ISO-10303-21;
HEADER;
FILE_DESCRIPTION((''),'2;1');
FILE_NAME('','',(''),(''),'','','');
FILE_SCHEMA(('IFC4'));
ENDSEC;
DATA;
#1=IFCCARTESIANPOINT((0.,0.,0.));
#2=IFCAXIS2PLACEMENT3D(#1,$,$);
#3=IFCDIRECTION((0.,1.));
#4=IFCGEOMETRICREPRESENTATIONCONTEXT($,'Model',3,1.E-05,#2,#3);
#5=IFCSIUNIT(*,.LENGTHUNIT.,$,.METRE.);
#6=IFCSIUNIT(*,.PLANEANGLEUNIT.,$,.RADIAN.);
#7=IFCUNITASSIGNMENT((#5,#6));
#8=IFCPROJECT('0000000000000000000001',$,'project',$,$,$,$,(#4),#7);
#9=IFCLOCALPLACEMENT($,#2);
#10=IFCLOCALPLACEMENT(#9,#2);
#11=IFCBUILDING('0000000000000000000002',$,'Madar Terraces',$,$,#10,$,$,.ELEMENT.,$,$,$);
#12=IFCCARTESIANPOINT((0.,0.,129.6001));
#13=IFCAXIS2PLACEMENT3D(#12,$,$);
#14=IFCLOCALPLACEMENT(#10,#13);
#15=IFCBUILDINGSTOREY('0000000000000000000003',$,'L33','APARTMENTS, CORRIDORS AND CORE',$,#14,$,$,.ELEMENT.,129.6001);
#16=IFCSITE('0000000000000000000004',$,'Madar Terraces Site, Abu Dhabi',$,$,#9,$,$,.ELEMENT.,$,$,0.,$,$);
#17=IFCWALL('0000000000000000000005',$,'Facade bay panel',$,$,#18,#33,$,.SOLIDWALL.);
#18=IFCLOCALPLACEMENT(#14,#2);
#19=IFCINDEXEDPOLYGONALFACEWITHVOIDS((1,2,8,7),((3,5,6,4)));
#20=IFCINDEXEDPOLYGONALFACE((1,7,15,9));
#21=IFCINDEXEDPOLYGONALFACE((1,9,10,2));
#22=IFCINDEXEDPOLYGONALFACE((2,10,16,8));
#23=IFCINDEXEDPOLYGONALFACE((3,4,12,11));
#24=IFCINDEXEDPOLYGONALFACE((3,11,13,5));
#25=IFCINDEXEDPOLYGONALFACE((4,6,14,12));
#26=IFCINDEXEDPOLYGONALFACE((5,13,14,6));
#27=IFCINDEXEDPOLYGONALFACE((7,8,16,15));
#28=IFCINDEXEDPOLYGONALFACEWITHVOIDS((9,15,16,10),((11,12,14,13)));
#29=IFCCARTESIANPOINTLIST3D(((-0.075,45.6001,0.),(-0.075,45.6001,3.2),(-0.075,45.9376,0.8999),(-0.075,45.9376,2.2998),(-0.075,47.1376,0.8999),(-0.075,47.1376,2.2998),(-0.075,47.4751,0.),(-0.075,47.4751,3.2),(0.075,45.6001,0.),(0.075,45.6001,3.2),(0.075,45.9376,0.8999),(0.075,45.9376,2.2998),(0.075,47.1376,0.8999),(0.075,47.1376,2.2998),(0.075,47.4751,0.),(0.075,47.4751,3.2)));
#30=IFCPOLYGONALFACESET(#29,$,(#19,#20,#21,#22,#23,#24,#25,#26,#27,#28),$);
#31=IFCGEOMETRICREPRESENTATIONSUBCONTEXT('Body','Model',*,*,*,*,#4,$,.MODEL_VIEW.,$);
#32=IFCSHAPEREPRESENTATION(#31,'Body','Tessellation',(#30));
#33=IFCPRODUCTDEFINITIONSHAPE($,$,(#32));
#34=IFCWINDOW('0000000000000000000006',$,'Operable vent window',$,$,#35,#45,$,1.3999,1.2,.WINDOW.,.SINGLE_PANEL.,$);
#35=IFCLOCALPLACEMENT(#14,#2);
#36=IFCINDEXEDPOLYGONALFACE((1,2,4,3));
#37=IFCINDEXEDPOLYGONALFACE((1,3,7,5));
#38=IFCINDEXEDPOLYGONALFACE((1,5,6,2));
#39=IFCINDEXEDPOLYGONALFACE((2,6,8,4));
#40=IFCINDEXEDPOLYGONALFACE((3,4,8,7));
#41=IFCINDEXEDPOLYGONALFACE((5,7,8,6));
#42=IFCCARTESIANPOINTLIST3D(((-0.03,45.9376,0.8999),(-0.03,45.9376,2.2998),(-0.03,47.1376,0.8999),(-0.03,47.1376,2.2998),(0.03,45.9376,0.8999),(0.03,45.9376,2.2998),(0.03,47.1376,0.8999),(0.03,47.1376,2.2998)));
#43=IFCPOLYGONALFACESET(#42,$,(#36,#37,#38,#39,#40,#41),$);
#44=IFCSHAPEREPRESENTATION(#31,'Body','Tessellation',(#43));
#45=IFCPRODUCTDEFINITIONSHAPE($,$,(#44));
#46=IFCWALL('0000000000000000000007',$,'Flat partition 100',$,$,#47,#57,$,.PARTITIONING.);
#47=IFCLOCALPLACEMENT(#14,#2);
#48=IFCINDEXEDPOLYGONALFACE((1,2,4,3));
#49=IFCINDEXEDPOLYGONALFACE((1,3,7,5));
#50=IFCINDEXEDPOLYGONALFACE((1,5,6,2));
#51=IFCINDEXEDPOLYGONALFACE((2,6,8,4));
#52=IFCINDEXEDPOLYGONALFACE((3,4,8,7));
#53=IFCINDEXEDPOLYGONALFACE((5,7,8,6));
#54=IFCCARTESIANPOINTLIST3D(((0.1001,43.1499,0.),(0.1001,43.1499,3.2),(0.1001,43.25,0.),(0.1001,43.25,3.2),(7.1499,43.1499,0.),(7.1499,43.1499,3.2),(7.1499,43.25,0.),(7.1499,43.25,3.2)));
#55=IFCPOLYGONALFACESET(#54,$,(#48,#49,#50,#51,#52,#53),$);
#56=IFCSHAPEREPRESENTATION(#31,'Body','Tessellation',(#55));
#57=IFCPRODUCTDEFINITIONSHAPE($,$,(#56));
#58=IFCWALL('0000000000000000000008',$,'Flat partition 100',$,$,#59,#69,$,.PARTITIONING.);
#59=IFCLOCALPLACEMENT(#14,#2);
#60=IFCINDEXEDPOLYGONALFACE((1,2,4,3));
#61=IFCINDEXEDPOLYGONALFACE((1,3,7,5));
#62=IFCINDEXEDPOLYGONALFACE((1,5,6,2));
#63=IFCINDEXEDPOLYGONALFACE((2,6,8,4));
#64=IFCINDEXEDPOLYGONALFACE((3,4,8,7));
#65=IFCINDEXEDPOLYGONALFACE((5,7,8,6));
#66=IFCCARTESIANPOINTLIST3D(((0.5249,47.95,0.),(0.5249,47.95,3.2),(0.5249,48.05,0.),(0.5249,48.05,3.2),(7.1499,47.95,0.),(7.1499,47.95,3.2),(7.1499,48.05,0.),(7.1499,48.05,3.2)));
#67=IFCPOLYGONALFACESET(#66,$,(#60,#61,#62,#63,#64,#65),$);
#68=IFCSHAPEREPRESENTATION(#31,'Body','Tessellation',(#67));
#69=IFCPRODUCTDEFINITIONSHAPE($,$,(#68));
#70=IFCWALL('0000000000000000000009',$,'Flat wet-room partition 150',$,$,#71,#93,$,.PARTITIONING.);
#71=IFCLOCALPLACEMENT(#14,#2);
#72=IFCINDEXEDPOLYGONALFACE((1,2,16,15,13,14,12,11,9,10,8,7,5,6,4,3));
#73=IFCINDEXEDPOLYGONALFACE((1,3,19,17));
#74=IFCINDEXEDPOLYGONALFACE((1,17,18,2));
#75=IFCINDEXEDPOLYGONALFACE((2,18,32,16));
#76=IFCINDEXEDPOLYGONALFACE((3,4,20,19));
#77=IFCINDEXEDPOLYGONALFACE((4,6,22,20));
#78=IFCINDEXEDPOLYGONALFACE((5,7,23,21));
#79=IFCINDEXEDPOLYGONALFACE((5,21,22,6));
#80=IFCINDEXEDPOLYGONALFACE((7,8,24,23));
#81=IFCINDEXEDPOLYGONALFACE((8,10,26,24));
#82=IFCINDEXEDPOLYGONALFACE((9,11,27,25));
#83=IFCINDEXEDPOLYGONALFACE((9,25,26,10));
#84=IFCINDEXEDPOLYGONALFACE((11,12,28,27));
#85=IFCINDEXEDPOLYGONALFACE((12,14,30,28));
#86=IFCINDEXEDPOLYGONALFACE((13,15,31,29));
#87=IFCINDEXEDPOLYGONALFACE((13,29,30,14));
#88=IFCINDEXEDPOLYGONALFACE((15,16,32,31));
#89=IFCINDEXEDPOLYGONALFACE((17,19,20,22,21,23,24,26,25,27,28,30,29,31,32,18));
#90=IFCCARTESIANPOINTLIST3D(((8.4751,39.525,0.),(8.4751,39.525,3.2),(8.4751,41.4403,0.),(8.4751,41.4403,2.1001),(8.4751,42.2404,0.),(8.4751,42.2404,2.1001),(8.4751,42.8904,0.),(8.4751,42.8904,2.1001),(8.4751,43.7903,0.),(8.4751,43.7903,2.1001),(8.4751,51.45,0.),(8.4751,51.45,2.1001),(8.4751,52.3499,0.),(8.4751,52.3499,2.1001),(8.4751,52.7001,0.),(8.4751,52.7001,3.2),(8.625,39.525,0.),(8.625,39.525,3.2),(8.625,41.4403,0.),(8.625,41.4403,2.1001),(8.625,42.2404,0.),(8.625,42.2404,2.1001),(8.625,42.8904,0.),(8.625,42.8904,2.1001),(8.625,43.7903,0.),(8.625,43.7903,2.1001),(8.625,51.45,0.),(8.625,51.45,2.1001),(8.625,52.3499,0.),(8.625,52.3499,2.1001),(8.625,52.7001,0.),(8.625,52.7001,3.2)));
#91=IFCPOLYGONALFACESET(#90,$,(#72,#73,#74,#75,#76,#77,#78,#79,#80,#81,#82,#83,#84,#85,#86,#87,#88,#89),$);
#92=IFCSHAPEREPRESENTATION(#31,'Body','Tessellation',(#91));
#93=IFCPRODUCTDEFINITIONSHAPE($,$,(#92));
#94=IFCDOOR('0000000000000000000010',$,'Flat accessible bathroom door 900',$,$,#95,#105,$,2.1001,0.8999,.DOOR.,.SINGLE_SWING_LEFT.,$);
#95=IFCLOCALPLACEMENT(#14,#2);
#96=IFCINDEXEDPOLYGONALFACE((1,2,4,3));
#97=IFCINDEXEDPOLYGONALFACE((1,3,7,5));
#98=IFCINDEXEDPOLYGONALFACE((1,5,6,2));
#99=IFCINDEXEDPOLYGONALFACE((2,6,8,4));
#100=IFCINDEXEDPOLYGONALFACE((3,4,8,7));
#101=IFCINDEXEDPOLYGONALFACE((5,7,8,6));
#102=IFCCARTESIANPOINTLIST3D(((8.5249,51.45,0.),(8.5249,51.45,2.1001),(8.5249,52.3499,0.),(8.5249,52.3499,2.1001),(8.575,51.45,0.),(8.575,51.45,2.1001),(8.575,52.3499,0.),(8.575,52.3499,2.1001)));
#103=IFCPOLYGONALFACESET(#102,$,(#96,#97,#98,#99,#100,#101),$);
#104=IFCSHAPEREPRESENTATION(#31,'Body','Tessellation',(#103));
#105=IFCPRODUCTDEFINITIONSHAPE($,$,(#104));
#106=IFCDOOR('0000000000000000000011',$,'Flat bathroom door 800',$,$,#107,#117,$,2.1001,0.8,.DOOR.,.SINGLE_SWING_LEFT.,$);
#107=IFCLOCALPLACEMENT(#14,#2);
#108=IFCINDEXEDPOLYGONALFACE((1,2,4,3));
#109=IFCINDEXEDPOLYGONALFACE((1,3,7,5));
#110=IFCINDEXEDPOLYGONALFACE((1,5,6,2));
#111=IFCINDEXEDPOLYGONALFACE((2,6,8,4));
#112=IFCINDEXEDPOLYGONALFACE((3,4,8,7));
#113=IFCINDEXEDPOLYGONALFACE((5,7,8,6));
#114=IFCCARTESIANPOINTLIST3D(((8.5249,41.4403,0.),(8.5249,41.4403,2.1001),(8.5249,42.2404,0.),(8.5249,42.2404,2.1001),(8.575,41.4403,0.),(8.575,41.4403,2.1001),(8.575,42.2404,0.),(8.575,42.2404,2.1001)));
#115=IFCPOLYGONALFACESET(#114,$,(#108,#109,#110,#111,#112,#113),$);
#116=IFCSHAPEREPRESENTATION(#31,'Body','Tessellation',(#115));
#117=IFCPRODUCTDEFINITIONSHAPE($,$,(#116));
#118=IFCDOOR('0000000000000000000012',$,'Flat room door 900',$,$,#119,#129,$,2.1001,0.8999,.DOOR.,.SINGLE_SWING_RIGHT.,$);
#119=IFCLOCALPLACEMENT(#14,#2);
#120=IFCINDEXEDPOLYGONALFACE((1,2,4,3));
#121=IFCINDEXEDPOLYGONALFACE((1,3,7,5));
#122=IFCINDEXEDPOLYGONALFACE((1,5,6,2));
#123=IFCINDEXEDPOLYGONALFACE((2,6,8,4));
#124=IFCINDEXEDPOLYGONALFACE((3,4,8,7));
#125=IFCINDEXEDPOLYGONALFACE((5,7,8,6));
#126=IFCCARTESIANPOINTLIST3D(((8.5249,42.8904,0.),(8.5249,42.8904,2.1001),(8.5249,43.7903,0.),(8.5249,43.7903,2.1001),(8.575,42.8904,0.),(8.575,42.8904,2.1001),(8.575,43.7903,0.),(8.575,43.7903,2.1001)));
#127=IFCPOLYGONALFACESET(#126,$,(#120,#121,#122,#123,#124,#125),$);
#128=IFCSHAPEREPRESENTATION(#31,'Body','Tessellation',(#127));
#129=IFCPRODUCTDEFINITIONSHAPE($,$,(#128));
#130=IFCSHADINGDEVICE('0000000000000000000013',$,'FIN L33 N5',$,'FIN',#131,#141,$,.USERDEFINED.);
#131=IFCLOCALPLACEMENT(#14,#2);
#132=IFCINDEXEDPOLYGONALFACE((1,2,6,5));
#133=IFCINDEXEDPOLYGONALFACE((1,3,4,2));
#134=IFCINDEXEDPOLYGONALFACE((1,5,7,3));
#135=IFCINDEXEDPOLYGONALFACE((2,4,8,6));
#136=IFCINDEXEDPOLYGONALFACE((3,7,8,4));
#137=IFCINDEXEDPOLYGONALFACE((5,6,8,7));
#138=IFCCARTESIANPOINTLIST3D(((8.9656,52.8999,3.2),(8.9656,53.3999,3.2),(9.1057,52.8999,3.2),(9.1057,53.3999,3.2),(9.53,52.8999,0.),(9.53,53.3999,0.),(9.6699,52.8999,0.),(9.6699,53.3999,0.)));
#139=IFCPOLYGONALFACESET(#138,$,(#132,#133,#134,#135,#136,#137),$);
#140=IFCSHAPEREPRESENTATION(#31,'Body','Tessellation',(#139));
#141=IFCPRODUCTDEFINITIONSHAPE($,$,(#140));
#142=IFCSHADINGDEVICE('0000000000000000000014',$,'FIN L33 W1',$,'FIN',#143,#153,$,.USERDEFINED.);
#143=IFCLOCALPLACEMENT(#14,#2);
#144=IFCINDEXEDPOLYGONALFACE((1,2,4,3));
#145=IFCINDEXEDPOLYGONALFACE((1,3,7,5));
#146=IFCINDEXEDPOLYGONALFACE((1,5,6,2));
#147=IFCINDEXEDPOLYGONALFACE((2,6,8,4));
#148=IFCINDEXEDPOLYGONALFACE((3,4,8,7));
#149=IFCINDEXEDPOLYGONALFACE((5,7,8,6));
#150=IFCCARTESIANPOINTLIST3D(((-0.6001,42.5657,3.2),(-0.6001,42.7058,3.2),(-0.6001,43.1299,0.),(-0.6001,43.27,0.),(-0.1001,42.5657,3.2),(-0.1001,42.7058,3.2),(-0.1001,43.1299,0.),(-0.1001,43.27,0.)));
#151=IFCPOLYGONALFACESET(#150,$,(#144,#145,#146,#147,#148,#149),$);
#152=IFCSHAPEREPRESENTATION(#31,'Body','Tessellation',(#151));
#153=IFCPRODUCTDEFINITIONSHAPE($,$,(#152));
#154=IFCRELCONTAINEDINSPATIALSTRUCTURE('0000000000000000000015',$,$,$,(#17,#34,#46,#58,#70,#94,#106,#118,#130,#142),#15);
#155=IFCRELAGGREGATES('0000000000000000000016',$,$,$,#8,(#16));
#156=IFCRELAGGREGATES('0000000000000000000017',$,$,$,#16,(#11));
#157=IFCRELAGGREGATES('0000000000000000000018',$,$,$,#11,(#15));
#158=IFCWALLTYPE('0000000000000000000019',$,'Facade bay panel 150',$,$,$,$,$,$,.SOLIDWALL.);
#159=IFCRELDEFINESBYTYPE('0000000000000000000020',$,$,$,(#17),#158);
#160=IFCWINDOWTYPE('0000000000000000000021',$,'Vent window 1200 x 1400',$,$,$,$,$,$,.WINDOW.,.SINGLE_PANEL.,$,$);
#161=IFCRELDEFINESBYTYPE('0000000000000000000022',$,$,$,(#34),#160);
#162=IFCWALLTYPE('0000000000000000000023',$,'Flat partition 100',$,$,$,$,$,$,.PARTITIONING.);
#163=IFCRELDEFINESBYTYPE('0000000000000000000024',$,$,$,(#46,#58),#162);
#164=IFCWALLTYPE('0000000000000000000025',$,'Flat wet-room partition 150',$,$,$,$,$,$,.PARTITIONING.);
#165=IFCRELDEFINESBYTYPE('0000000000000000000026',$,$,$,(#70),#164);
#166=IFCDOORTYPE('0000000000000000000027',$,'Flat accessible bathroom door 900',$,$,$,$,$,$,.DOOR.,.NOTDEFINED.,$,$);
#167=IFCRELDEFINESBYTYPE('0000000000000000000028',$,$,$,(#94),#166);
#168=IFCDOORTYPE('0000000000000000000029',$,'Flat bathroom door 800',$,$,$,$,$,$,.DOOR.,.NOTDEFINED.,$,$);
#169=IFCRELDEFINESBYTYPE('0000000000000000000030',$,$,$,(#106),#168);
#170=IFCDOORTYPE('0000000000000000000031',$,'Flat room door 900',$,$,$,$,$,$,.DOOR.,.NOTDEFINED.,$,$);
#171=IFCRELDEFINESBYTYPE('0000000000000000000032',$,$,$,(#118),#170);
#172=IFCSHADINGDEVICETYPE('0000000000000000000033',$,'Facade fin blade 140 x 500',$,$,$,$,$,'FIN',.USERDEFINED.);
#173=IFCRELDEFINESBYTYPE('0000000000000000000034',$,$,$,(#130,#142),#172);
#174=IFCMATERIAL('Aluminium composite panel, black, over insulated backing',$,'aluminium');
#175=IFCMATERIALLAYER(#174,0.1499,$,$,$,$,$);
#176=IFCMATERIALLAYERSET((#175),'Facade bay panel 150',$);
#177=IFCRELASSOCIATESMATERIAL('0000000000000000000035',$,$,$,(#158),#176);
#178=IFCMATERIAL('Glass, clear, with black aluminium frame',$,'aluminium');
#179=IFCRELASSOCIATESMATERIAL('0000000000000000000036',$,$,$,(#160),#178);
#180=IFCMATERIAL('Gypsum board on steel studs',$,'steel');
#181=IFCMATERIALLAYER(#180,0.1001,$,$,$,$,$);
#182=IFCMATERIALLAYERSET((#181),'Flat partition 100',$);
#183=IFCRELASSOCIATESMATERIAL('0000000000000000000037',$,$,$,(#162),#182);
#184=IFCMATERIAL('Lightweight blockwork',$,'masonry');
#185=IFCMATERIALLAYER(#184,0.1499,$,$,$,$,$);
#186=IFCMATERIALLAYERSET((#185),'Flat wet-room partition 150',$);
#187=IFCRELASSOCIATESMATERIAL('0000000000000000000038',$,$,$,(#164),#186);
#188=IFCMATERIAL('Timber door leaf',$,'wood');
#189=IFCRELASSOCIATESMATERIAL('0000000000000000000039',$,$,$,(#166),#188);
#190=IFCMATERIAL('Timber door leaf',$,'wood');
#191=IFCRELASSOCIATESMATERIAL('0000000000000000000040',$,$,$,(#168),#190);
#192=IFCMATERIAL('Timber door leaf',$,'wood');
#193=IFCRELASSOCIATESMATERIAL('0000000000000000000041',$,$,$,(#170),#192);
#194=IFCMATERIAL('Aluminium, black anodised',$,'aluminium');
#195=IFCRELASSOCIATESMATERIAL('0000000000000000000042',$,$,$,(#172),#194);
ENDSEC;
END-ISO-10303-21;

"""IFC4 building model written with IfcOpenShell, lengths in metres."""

from ifc_helpers import new_model, si_unit, direction, frame, frame_2d, origin, place, context, subcontext, project, spatial, polyline, rectangle, outline, extrude, material, layer, layer_set, type_object, element, fill, save


model = new_model("IFC4")

# Units and contexts
model_context = context("Model", 3, precision=1e-05, world=origin(), true_north=direction((0.0, 1.0)))
body_context = subcontext(model_context, "Body", "Model", "MODEL_VIEW")
ifc_project = project(units=[si_unit("LENGTHUNIT", "METRE"), si_unit("PLANEANGLEUNIT", "RADIAN")], contexts=[model_context])

# Site, building, storey
site_placement = place(None, origin())
site = spatial("IfcSite", under=ifc_project, at=site_placement, Name="Madar Terraces Site, Abu Dhabi", CompositionType="ELEMENT", RefElevation=0.0)
building_placement = place(site_placement, origin())
building = spatial("IfcBuilding", under=site, at=building_placement, Name="Madar Terraces", CompositionType="ELEMENT")
storey_placement = place(building_placement, frame((0.0, 0.0, 129.6001)))
storey = spatial("IfcBuildingStorey", under=building, at=storey_placement, Name="L33", Description="APARTMENTS, CORRIDORS AND CORE", CompositionType="ELEMENT", Elevation=129.6001)

# Wall, opening, window
ifc_material_1 = material(Name="Aluminium composite panel, black, over insulated backing", Category="aluminium")
ifc_layer_1 = layer(ifc_material_1, 0.1499)
ifc_layer_set_1 = layer_set([ifc_layer_1], Name="Facade bay panel 150")
wall_type_1 = type_object("IfcWallType", Name="Facade bay panel 150", PredefinedType="SOLIDWALL", material=ifc_layer_set_1)
wall_1_placement = place(storey_placement, frame((0.0, 47.4751, 0.0), z_axis=(0.0, 0.0, 1.0), x_axis=(0.0, -1.0, 0.0)))
wall_1 = element("IfcWall", 1, at=wall_1_placement, inside=storey, type_object=wall_type_1, Name="Facade bay panel", PredefinedType="SOLIDWALL", context=body_context, shape_type="SweptSolid", body=[
    extrude(rectangle(XDim=1.875, YDim=0.1499, at=frame_2d((0.9375, 0.0))), origin(), (0.0, 0.0, 1.0), 3.2),
])
opening_1_placement = place(wall_1_placement, frame((0.3374, 0.0, 0.8999)))
opening_1 = element("IfcOpeningElement", 2, at=opening_1_placement, cuts=wall_1, PredefinedType="OPENING", context=body_context, shape_type="SweptSolid", body=[
    extrude(rectangle(XDim=1.2, YDim=1.3999, at=frame_2d((0.6001, 0.7))), frame((0.0, 0.085, 0.0), z_axis=(0.0, -1.0, 0.0), x_axis=(1.0, 0.0, 0.0)), (0.0, 0.0, 1.0), 0.1699),
])
ifc_material_2 = material(Name="Glass, clear, with black aluminium frame", Category="aluminium")
window_type = type_object("IfcWindowType", Name="Vent window 1200 x 1400", PartitioningType="SINGLE_PANEL", PredefinedType="WINDOW", material=ifc_material_2)
window_placement = place(opening_1_placement, origin())
window = element("IfcWindow", 3, at=window_placement, inside=storey, type_object=window_type, Name="Operable vent window", OverallHeight=1.3999, OverallWidth=1.2, PartitioningType="SINGLE_PANEL", PredefinedType="WINDOW", context=body_context, shape_type="SweptSolid", body=[
    extrude(rectangle(XDim=1.2, YDim=1.3999, at=frame_2d((0.6001, 0.7))), frame((0.0, 0.03, 0.0), z_axis=(0.0, -1.0, 0.0), x_axis=(1.0, 0.0, 0.0)), (0.0, 0.0, 1.0), 0.0601),
])
fill(opening_1, window)

# Walls
ifc_material_3 = material(Name="Gypsum board on steel studs", Category="steel")
ifc_layer_2 = layer(ifc_material_3, 0.1001)
ifc_layer_set_2 = layer_set([ifc_layer_2], Name="Flat partition 100")
wall_type_2 = type_object("IfcWallType", Name="Flat partition 100", PredefinedType="PARTITIONING", material=ifc_layer_set_2)
wall_2_placement = place(storey_placement, frame((7.1499, 43.2, 0.0), z_axis=(0.0, 0.0, 1.0), x_axis=(-1.0, 0.0, 0.0)))
element("IfcWall", 4, at=wall_2_placement, inside=storey, type_object=wall_type_2, Name="Flat partition 100", PredefinedType="PARTITIONING", context=body_context, shape_type="SweptSolid", body=[
    extrude(rectangle(XDim=7.0498, YDim=0.1001, at=frame_2d((3.5249, 0.0))), origin(), (0.0, 0.0, 1.0), 3.2),
])
wall_3_placement = place(storey_placement, frame((7.1499, 48.0, 0.0), z_axis=(0.0, 0.0, 1.0), x_axis=(-1.0, 0.0, 0.0)))
element("IfcWall", 5, at=wall_3_placement, inside=storey, type_object=wall_type_2, Name="Flat partition 100", PredefinedType="PARTITIONING", context=body_context, shape_type="SweptSolid", body=[
    extrude(rectangle(XDim=6.625, YDim=0.1001, at=frame_2d((3.3125, 0.0))), origin(), (0.0, 0.0, 1.0), 3.2),
])

# Wall, openings, doors
ifc_material_4 = material(Name="Lightweight blockwork", Category="masonry")
ifc_layer_3 = layer(ifc_material_4, 0.1499)
ifc_layer_set_3 = layer_set([ifc_layer_3], Name="Flat wet-room partition 150")
wall_type_3 = type_object("IfcWallType", Name="Flat wet-room partition 150", PredefinedType="PARTITIONING", material=ifc_layer_set_3)
wall_4_placement = place(storey_placement, frame((8.55, 52.7, 0.0), z_axis=(0.0, 0.0, 1.0), x_axis=(0.0, -1.0, 0.0)))
wall_4 = element("IfcWall", 6, at=wall_4_placement, inside=storey, type_object=wall_type_3, Name="Flat wet-room partition 150", PredefinedType="PARTITIONING", context=body_context, shape_type="SweptSolid", body=[
    extrude(rectangle(XDim=13.175, YDim=0.1499, at=frame_2d((6.5874, 0.0))), origin(), (0.0, 0.0, 1.0), 3.2),
])
opening_2_placement = place(wall_4_placement, frame((10.4597, 0.0, 0.0)))
opening_2 = element("IfcOpeningElement", 7, at=opening_2_placement, cuts=wall_4, PredefinedType="OPENING", context=body_context, shape_type="SweptSolid", body=[
    extrude(rectangle(XDim=0.8, YDim=2.1001, at=frame_2d((0.3999, 1.05))), frame((0.0, 0.085, 0.0), z_axis=(0.0, -1.0, 0.0), x_axis=(1.0, 0.0, 0.0)), (0.0, 0.0, 1.0), 0.1699),
])
opening_3_placement = place(wall_4_placement, frame((8.9097, 0.0, 0.0)))
opening_3 = element("IfcOpeningElement", 8, at=opening_3_placement, cuts=wall_4, PredefinedType="OPENING", context=body_context, shape_type="SweptSolid", body=[
    extrude(rectangle(XDim=0.8999, YDim=2.1001, at=frame_2d((0.45, 1.05))), frame((0.0, 0.085, 0.0), z_axis=(0.0, -1.0, 0.0), x_axis=(1.0, 0.0, 0.0)), (0.0, 0.0, 1.0), 0.1699),
])
opening_4_placement = place(wall_4_placement, frame((0.3501, 0.0, 0.0)))
opening_4 = element("IfcOpeningElement", 9, at=opening_4_placement, cuts=wall_4, PredefinedType="OPENING", context=body_context, shape_type="SweptSolid", body=[
    extrude(rectangle(XDim=0.8999, YDim=2.1001, at=frame_2d((0.45, 1.05))), frame((0.0, 0.085, 0.0), z_axis=(0.0, -1.0, 0.0), x_axis=(1.0, 0.0, 0.0)), (0.0, 0.0, 1.0), 0.1699),
])
ifc_material_5 = material(Name="Timber door leaf", Category="wood")
door_type_1 = type_object("IfcDoorType", Name="Flat accessible bathroom door 900", OperationType="NOTDEFINED", PredefinedType="DOOR", material=ifc_material_5)
door_1_placement = place(opening_4_placement, origin())
door_1 = element("IfcDoor", 10, at=door_1_placement, inside=storey, type_object=door_type_1, Name="Flat accessible bathroom door 900", OperationType="SINGLE_SWING_LEFT", OverallHeight=2.1001, OverallWidth=0.8999, PredefinedType="DOOR", context=body_context, shape_type="SweptSolid", body=[
    extrude(rectangle(XDim=0.8999, YDim=2.1001, at=frame_2d((0.45, 1.05))), frame((0.0, 0.0249, 0.0), z_axis=(0.0, -1.0, 0.0), x_axis=(1.0, 0.0, 0.0)), (0.0, 0.0, 1.0), 0.05),
])
fill(opening_4, door_1)
ifc_material_6 = material(Name="Timber door leaf", Category="wood")
door_type_2 = type_object("IfcDoorType", Name="Flat bathroom door 800", OperationType="NOTDEFINED", PredefinedType="DOOR", material=ifc_material_6)
door_2_placement = place(opening_2_placement, origin())
door_2 = element("IfcDoor", 11, at=door_2_placement, inside=storey, type_object=door_type_2, Name="Flat bathroom door 800", OperationType="SINGLE_SWING_LEFT", OverallHeight=2.1001, OverallWidth=0.8, PredefinedType="DOOR", context=body_context, shape_type="SweptSolid", body=[
    extrude(rectangle(XDim=0.8, YDim=2.1001, at=frame_2d((0.3999, 1.05))), frame((0.0, 0.0249, 0.0), z_axis=(0.0, -1.0, 0.0), x_axis=(1.0, 0.0, 0.0)), (0.0, 0.0, 1.0), 0.05),
])
fill(opening_2, door_2)
ifc_material_7 = material(Name="Timber door leaf", Category="wood")
door_type_3 = type_object("IfcDoorType", Name="Flat room door 900", OperationType="NOTDEFINED", PredefinedType="DOOR", material=ifc_material_7)
door_3_placement = place(opening_3_placement, origin())
door_3 = element("IfcDoor", 12, at=door_3_placement, inside=storey, type_object=door_type_3, Name="Flat room door 900", OperationType="SINGLE_SWING_RIGHT", OverallHeight=2.1001, OverallWidth=0.8999, PredefinedType="DOOR", context=body_context, shape_type="SweptSolid", body=[
    extrude(rectangle(XDim=0.8999, YDim=2.1001, at=frame_2d((0.45, 1.05))), frame((0.0, 0.0249, 0.0), z_axis=(0.0, -1.0, 0.0), x_axis=(1.0, 0.0, 0.0)), (0.0, 0.0, 1.0), 0.05),
])
fill(opening_3, door_3)

# Shading devices
ifc_material_8 = material(Name="Aluminium, black anodised", Category="aluminium")
shading_device_type = type_object("IfcShadingDeviceType", Name="Facade fin blade 140 x 500", ElementType="FIN", PredefinedType="USERDEFINED", material=ifc_material_8)
shading_device_1_placement = place(storey_placement, frame((9.6699, 53.1499, 0.0), z_axis=(0.0, 0.0, 1.0), x_axis=(-1.0, 0.0, 0.0)))
element("IfcShadingDevice", 13, at=shading_device_1_placement, inside=storey, type_object=shading_device_type, Name="FIN L33 N5", ObjectType="FIN", PredefinedType="USERDEFINED", context=body_context, shape_type="SweptSolid", body=[
    extrude(outline(polyline([(0.0, 0.0), (0.1399, 0.0), (0.7043, 3.2), (0.5642, 3.2), (0.0, 0.0)])), frame((0.0, 0.25, 0.0), z_axis=(0.0, -1.0, 0.0), x_axis=(1.0, 0.0, 0.0)), (0.0, 0.0, 1.0), 0.5),
])
shading_device_2_placement = place(storey_placement, frame((-0.3501, 43.27, 0.0), z_axis=(0.0, 0.0, 1.0), x_axis=(0.0, -1.0, 0.0)))
element("IfcShadingDevice", 14, at=shading_device_2_placement, inside=storey, type_object=shading_device_type, Name="FIN L33 W1", ObjectType="FIN", PredefinedType="USERDEFINED", context=body_context, shape_type="SweptSolid", body=[
    extrude(outline(polyline([(0.0, 0.0), (0.1401, 0.0), (0.7043, 3.2), (0.5642, 3.2), (0.0, 0.0)])), frame((0.0, 0.25, 0.0), z_axis=(0.0, -1.0, 0.0), x_axis=(1.0, 0.0, 0.0)), (0.0, 0.0, 1.0), 0.5),
])

save(model, "model.ifc")
